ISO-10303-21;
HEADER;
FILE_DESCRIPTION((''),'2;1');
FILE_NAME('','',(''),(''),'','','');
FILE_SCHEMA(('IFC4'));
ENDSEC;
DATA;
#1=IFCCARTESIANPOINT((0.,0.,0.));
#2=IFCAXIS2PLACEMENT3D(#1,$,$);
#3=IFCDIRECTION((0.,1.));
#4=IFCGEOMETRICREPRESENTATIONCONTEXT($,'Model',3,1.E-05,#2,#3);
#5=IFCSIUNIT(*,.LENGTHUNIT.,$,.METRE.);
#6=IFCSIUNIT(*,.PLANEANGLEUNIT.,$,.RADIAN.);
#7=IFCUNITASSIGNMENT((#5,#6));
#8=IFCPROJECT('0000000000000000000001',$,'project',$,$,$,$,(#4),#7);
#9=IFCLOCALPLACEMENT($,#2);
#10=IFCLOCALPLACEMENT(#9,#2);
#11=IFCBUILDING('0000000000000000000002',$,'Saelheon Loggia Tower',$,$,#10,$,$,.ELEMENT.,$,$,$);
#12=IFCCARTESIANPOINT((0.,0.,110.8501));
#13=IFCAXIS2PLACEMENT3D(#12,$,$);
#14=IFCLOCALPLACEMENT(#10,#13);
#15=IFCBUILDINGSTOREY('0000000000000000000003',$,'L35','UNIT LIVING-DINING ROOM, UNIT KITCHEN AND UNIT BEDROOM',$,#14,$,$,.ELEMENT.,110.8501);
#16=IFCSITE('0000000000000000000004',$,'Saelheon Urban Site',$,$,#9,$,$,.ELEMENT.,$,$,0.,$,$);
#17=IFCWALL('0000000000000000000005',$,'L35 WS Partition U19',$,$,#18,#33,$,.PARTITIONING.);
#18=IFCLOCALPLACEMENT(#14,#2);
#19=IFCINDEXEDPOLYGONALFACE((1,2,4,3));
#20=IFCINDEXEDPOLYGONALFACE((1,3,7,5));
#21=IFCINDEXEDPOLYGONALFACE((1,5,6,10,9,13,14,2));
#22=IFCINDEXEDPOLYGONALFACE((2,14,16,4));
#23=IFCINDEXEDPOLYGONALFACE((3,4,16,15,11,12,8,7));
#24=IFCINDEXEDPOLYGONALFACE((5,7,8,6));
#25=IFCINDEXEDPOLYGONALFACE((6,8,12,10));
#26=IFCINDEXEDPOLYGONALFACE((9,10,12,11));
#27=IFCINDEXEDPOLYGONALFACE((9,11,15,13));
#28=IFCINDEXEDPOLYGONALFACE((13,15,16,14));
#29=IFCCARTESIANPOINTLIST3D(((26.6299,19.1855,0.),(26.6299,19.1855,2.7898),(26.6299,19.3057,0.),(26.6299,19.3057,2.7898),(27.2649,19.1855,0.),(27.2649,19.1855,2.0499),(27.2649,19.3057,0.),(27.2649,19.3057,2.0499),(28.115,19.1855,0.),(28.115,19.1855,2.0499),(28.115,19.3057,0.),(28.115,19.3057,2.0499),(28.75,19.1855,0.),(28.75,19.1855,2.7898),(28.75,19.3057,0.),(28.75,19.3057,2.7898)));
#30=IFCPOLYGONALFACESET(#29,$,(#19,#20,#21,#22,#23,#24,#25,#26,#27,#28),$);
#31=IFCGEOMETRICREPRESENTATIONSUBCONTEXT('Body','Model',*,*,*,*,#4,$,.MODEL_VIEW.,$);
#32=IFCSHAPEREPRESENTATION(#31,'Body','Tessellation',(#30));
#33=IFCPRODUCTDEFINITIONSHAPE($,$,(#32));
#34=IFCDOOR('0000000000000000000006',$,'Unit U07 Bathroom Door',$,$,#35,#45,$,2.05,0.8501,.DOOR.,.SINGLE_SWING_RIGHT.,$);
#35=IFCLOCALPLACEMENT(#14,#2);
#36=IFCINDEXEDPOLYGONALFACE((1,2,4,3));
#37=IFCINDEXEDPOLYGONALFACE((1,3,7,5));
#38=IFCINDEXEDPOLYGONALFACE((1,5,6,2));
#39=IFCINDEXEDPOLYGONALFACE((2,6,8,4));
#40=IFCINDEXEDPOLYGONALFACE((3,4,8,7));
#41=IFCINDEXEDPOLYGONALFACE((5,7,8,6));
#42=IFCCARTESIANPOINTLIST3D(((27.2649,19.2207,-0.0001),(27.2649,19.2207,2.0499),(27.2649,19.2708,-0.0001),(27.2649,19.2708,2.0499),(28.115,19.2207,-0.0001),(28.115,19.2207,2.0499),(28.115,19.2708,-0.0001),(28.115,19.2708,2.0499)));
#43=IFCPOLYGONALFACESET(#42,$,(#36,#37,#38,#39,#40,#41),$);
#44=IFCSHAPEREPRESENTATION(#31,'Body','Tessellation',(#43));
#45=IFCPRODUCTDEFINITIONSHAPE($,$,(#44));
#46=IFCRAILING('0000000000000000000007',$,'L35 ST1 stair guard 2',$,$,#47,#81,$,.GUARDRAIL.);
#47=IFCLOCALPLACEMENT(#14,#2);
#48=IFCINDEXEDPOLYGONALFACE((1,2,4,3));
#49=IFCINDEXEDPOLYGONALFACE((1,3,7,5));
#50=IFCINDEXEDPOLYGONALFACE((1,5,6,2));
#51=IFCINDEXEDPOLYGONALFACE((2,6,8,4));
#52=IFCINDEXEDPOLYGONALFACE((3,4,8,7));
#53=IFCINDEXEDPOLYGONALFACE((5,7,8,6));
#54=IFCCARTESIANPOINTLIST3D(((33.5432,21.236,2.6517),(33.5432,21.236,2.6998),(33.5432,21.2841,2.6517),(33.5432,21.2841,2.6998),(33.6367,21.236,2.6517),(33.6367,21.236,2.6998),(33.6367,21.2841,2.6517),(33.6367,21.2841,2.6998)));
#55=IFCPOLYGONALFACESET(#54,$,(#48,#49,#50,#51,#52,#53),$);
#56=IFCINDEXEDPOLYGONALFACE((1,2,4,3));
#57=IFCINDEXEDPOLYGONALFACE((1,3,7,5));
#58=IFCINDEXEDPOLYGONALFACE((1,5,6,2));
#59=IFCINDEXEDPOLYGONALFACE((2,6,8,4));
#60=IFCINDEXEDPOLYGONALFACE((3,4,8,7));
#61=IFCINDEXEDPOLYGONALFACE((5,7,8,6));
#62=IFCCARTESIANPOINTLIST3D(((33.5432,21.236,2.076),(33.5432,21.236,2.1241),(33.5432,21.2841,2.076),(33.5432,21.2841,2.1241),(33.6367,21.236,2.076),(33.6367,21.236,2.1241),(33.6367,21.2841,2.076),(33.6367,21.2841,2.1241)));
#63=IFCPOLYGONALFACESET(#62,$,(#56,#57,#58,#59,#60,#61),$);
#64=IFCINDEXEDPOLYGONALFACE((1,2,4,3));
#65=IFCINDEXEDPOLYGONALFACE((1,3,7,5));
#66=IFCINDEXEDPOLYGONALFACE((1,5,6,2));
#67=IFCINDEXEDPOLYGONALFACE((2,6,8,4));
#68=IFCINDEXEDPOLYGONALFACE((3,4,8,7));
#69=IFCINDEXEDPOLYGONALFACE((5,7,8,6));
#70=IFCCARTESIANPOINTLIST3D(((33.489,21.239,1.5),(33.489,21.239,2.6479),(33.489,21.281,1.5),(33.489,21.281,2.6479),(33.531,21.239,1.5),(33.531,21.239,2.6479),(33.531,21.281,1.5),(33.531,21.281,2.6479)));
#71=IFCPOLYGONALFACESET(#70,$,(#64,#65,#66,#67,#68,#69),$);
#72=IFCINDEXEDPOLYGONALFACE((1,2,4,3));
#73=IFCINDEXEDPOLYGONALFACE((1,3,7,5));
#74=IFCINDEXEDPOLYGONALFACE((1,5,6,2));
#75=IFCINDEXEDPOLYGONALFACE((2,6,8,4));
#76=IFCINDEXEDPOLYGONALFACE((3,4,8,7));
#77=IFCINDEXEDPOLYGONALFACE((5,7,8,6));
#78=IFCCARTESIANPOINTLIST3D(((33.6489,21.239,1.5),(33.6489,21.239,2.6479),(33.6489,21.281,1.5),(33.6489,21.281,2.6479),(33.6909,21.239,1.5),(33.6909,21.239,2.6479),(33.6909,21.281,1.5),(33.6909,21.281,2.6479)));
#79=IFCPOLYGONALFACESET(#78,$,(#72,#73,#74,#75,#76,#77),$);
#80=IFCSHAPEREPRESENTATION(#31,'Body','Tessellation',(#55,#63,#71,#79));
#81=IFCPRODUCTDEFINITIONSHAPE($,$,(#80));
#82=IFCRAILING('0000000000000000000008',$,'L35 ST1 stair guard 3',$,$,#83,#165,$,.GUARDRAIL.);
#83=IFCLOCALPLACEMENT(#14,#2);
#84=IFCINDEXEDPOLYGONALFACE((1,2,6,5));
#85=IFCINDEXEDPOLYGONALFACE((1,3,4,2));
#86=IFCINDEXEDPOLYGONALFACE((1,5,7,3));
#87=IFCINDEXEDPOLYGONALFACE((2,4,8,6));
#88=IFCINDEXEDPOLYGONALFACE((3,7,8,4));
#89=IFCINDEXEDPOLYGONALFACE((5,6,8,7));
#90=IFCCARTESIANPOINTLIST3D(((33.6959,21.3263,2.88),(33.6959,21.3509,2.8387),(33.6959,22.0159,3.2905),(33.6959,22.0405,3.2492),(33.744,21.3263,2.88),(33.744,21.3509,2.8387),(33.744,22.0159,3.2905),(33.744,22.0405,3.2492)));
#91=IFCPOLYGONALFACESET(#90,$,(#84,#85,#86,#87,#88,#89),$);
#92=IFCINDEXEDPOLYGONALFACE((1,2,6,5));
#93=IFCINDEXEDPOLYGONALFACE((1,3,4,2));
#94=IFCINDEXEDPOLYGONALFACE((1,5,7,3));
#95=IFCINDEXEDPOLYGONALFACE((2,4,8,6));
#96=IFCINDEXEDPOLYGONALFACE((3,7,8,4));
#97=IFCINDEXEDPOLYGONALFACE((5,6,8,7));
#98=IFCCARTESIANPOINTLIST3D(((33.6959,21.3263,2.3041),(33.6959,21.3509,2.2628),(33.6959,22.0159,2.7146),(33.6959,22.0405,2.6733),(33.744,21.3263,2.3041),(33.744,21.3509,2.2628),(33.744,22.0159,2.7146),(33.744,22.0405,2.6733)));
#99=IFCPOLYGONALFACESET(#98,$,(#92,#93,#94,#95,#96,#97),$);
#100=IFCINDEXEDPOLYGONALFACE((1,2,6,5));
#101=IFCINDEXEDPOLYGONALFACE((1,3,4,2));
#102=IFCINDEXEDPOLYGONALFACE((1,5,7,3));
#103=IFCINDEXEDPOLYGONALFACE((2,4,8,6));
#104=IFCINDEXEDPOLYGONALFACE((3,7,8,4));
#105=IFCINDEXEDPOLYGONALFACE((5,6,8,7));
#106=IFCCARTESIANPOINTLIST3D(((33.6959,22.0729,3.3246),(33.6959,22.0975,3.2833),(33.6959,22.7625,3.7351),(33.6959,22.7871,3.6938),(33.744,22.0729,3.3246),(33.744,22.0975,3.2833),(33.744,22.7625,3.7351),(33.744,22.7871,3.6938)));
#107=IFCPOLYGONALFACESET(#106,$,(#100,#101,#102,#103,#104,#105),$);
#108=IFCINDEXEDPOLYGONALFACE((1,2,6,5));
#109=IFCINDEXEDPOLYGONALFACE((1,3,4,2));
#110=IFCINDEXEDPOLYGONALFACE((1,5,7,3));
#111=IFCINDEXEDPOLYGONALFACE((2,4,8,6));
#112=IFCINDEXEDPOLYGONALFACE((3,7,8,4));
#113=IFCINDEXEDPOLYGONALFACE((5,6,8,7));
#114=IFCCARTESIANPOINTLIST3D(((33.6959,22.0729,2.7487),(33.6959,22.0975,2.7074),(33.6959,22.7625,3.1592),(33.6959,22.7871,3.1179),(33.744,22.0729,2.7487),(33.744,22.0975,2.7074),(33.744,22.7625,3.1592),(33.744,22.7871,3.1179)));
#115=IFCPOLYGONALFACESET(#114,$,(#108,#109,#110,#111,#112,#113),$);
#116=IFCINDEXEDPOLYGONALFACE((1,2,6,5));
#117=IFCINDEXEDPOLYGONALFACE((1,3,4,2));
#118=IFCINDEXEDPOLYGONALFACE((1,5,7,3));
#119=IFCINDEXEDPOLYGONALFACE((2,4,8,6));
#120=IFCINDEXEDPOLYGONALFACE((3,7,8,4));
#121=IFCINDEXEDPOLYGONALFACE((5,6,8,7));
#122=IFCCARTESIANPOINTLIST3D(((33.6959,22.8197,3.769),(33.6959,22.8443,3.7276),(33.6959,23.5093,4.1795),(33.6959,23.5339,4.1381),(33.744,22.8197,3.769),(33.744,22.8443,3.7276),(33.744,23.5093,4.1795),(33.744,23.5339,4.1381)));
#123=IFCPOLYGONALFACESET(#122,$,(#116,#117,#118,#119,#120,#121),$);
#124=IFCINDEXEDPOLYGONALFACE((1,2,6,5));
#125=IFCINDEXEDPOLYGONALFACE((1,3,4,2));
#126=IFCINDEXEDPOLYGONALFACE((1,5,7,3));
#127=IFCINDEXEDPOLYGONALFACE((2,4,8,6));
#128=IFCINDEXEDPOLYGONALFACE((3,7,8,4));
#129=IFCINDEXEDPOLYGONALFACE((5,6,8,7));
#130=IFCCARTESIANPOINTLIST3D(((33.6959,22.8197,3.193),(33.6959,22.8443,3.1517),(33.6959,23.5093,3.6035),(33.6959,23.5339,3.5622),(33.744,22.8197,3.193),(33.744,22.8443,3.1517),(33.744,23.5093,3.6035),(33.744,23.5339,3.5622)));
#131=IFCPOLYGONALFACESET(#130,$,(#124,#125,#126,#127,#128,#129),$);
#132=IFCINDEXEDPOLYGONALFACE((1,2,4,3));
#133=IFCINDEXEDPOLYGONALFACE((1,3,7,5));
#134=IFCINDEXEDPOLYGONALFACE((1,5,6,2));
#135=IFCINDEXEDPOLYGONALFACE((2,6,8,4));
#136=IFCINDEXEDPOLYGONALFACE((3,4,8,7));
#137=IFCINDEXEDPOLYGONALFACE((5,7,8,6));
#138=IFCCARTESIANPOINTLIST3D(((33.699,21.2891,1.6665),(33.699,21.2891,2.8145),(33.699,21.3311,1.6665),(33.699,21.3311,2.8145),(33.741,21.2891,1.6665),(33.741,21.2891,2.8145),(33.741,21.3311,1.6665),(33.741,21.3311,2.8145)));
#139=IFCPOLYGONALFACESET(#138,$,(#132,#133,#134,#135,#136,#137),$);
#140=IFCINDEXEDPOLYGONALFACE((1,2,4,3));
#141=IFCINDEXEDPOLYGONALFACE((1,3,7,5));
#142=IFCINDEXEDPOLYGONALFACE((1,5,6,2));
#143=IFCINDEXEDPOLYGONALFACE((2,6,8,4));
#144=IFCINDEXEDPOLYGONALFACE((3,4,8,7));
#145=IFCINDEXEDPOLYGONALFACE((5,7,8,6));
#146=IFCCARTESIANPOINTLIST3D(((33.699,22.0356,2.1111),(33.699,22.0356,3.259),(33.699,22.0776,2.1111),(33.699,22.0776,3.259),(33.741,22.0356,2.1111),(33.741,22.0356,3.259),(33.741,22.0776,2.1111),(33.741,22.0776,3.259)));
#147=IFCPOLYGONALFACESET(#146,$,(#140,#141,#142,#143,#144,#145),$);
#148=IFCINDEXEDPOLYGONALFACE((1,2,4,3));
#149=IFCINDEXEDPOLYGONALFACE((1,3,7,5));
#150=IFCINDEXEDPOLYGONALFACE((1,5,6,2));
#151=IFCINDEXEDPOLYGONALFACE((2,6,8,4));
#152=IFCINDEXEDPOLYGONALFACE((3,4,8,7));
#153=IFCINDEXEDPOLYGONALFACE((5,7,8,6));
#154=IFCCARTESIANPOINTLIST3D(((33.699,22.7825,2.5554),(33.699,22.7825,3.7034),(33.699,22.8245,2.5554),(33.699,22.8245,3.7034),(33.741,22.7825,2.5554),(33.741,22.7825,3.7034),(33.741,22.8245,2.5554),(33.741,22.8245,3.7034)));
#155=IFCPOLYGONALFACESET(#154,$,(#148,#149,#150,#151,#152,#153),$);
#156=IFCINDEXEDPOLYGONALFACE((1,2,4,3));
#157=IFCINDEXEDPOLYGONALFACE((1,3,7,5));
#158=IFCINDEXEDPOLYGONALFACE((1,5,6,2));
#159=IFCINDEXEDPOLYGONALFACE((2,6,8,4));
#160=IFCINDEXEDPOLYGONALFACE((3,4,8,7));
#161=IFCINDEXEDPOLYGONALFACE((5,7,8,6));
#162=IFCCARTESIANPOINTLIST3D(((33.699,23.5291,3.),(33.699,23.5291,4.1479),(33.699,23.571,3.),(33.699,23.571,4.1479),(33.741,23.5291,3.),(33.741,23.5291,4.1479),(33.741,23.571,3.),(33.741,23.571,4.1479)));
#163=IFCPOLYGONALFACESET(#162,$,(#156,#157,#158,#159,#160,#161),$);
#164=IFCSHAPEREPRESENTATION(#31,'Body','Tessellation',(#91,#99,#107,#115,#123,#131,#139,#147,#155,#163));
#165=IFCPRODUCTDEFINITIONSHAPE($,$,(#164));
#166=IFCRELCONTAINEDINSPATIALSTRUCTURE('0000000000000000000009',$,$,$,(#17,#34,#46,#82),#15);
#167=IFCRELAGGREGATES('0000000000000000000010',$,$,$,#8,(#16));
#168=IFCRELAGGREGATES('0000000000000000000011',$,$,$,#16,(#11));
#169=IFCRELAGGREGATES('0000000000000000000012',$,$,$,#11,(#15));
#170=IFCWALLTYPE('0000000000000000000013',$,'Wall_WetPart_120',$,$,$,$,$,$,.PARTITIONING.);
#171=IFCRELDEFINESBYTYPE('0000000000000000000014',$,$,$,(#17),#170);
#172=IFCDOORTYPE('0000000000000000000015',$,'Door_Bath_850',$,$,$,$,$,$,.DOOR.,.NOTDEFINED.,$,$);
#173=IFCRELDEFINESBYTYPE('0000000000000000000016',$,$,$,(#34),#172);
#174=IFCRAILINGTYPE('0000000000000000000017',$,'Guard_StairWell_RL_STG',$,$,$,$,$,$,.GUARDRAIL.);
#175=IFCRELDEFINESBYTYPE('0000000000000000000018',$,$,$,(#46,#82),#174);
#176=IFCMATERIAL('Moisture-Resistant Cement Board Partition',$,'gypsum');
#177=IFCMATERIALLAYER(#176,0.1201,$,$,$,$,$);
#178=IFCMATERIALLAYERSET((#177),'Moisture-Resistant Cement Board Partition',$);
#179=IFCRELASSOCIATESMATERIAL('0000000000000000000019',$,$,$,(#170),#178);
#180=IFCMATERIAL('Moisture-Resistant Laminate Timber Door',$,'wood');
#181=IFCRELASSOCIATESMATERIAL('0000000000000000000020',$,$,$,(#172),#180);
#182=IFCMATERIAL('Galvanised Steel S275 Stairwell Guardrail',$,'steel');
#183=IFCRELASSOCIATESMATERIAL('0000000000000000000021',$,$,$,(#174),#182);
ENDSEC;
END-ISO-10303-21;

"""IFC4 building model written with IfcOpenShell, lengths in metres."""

from ifc_helpers import new_model, si_unit, direction, frame, frame_2d, origin, origin_2d, place, context, subcontext, project, spatial, rectangle, extrude, source, transform, mapped, material, layer, layer_set, type_object, element, fill, save


model = new_model("IFC4")

# Units and contexts
model_context = context("Model", 3, precision=1e-05, world=origin(), true_north=direction((0.0, 1.0)))
body_context = subcontext(model_context, "Body", "Model", "MODEL_VIEW")
ifc_project = project(units=[si_unit("LENGTHUNIT", "METRE"), si_unit("PLANEANGLEUNIT", "RADIAN")], contexts=[model_context])

# Site, building, storey
site_placement = place(None, origin())
site = spatial("IfcSite", under=ifc_project, at=site_placement, Name="Saelheon Urban Site", CompositionType="ELEMENT", RefElevation=0.0)
building_placement = place(site_placement, origin())
building = spatial("IfcBuilding", under=site, at=building_placement, Name="Saelheon Loggia Tower", CompositionType="ELEMENT")
storey_placement = place(building_placement, frame((0.0, 0.0, 110.8501)))
storey = spatial("IfcBuildingStorey", under=building, at=storey_placement, Name="L35", Description="UNIT LIVING-DINING ROOM, UNIT KITCHEN AND UNIT BEDROOM", CompositionType="ELEMENT", Elevation=110.8501)

# Wall, opening, door
ifc_material_1 = material(Name="Moisture-Resistant Cement Board Partition", Category="gypsum")
ifc_layer_1 = layer(ifc_material_1, 0.1201)
ifc_layer_set_1 = layer_set([ifc_layer_1], Name="Moisture-Resistant Cement Board Partition")
wall_type_1 = type_object("IfcWallType", Name="Wall_WetPart_120", PredefinedType="PARTITIONING", material=ifc_layer_set_1)
ifc_material_2 = material(Name="Moisture-Resistant Laminate Timber Door", Category="wood")
door_type_1 = type_object("IfcDoorType", Name="Door_Bath_850", OperationType="NOTDEFINED", PredefinedType="DOOR", material=ifc_material_2)
shared_shape_1 = source(origin(), body_context, "Body", "SweptSolid", [
    extrude(rectangle(XDim=0.8501, YDim=2.05, at=frame_2d((0.425, 1.0249))), frame((0.0, 0.0249, 0.0), z_axis=(0.0, -1.0, 0.0), x_axis=(1.0, 0.0, 0.0)), (0.0, 0.0, 1.0), 0.05),
])
wall_1_placement = place(storey_placement, frame((28.75, 19.2456, 0.0), z_axis=(0.0, 0.0, 1.0), x_axis=(-1.0, 0.0, 0.0)))
wall_1 = element("IfcWall", 1, at=wall_1_placement, inside=storey, type_object=wall_type_1, Name="L35 WS Partition U19", PredefinedType="PARTITIONING", context=body_context, shape_type="SweptSolid", body=[
    extrude(rectangle(XDim=2.1201, YDim=0.1201, at=frame_2d((1.0601, 0.0))), origin(), (0.0, 0.0, 1.0), 2.7898),
])
opening_1_placement = place(wall_1_placement, frame((0.635, 0.0, 0.0)))
opening_1 = element("IfcOpeningElement", 2, at=opening_1_placement, cuts=wall_1, PredefinedType="OPENING", context=body_context, shape_type="SweptSolid", body=[
    extrude(rectangle(XDim=0.8501, YDim=2.05, at=frame_2d((0.425, 1.0249))), frame((0.0, 0.072, 0.0), z_axis=(0.0, -1.0, 0.0), x_axis=(1.0, 0.0, 0.0)), (0.0, 0.0, 1.0), 0.144),
])
door_1_placement = place(opening_1_placement, origin())
door_1 = element("IfcDoor", 3, at=door_1_placement, inside=storey, type_object=door_type_1, Name="Unit U07 Bathroom Door", OperationType="SINGLE_SWING_RIGHT", OverallHeight=2.05, OverallWidth=0.8501, PredefinedType="DOOR", context=body_context, shape_type="MappedRepresentation", body=[
    mapped(shared_shape_1, transform((0.0, 0.0, 0.0), scale=1.0)),
])
fill(opening_1, door_1)

# Railings
ifc_material_3 = material(Name="Galvanised Steel S275 Stairwell Guardrail", Category="steel")
railing_type_1 = type_object("IfcRailingType", Name="Guard_StairWell_RL_STG", PredefinedType="GUARDRAIL", material=ifc_material_3)
railing_1_placement = place(storey_placement, frame((33.51, 21.26, 1.5)))
element("IfcRailing", 4, at=railing_1_placement, inside=storey, type_object=railing_type_1, Name="L35 ST1 stair guard 2", PredefinedType="GUARDRAIL", context=body_context, shape_type="SweptSolid", body=[
    extrude(rectangle(XDim=0.0481, YDim=0.0481, at=origin_2d()), frame((0.0332, 0.0, 1.1758), z_axis=(1.0, 0.0, 0.0), x_axis=(0.0, 1.0, 0.0)), (0.0, 0.0, 1.0), 0.0935),
    extrude(rectangle(XDim=0.0481, YDim=0.0481, at=origin_2d()), frame((0.0332, 0.0, 0.6001), z_axis=(1.0, 0.0, 0.0), x_axis=(0.0, 1.0, 0.0)), (0.0, 0.0, 1.0), 0.0935),
    extrude(rectangle(XDim=0.042, YDim=0.042, at=origin_2d()), origin(), (0.0, 0.0, 1.0), 1.1479),
    extrude(rectangle(XDim=0.042, YDim=0.042, at=origin_2d()), frame((0.1599, 0.0, 0.0)), (0.0, 0.0, 1.0), 1.1479),
])
railing_2_placement = place(storey_placement, frame((33.72, 21.3101, 1.6665)))
element("IfcRailing", 5, at=railing_2_placement, inside=storey, type_object=railing_type_1, Name="L35 ST1 stair guard 3", PredefinedType="GUARDRAIL", context=body_context, shape_type="SweptSolid", body=[
    extrude(rectangle(XDim=0.0481, YDim=0.0481, at=origin_2d()), frame((0.0, 0.0286, 1.1929), z_axis=(0.0, 0.859264, 0.511532), x_axis=(-1.0, 0.0, 0.0)), (0.0, 0.0, 1.0), 0.8025),
    extrude(rectangle(XDim=0.0481, YDim=0.0481, at=origin_2d()), frame((0.0, 0.0286, 0.6169), z_axis=(0.0, 0.859264, 0.511532), x_axis=(-1.0, 0.0, 0.0)), (0.0, 0.0, 1.0), 0.8025),
    extrude(rectangle(XDim=0.0481, YDim=0.0481, at=origin_2d()), frame((0.0, 0.7751, 1.6375), z_axis=(0.0, 0.859264, 0.511532), x_axis=(-1.0, 0.0, 0.0)), (0.0, 0.0, 1.0), 0.8025),
    extrude(rectangle(XDim=0.0481, YDim=0.0481, at=origin_2d()), frame((0.0, 0.7751, 1.0615), z_axis=(0.0, 0.859264, 0.511532), x_axis=(-1.0, 0.0, 0.0)), (0.0, 0.0, 1.0), 0.8025),
    extrude(rectangle(XDim=0.0481, YDim=0.0481, at=origin_2d()), frame((0.0, 1.522, 2.0818), z_axis=(0.0, 0.859264, 0.511532), x_axis=(-1.0, 0.0, 0.0)), (0.0, 0.0, 1.0), 0.8025),
    extrude(rectangle(XDim=0.0481, YDim=0.0481, at=origin_2d()), frame((0.0, 1.522, 1.5059), z_axis=(0.0, 0.859264, 0.511532), x_axis=(-1.0, 0.0, 0.0)), (0.0, 0.0, 1.0), 0.8025),
    extrude(rectangle(XDim=0.042, YDim=0.042, at=origin_2d()), origin(), (0.0, 0.0, 1.0), 1.1479),
    extrude(rectangle(XDim=0.042, YDim=0.042, at=origin_2d()), frame((0.0, 0.7466, 0.4446)), (0.0, 0.0, 1.0), 1.1479),
    extrude(rectangle(XDim=0.042, YDim=0.042, at=origin_2d()), frame((0.0, 1.4934, 0.8889)), (0.0, 0.0, 1.0), 1.1479),
    extrude(rectangle(XDim=0.042, YDim=0.042, at=origin_2d()), frame((0.0, 2.24, 1.3335)), (0.0, 0.0, 1.0), 1.1479),
])

save(model, "model.ifc")
